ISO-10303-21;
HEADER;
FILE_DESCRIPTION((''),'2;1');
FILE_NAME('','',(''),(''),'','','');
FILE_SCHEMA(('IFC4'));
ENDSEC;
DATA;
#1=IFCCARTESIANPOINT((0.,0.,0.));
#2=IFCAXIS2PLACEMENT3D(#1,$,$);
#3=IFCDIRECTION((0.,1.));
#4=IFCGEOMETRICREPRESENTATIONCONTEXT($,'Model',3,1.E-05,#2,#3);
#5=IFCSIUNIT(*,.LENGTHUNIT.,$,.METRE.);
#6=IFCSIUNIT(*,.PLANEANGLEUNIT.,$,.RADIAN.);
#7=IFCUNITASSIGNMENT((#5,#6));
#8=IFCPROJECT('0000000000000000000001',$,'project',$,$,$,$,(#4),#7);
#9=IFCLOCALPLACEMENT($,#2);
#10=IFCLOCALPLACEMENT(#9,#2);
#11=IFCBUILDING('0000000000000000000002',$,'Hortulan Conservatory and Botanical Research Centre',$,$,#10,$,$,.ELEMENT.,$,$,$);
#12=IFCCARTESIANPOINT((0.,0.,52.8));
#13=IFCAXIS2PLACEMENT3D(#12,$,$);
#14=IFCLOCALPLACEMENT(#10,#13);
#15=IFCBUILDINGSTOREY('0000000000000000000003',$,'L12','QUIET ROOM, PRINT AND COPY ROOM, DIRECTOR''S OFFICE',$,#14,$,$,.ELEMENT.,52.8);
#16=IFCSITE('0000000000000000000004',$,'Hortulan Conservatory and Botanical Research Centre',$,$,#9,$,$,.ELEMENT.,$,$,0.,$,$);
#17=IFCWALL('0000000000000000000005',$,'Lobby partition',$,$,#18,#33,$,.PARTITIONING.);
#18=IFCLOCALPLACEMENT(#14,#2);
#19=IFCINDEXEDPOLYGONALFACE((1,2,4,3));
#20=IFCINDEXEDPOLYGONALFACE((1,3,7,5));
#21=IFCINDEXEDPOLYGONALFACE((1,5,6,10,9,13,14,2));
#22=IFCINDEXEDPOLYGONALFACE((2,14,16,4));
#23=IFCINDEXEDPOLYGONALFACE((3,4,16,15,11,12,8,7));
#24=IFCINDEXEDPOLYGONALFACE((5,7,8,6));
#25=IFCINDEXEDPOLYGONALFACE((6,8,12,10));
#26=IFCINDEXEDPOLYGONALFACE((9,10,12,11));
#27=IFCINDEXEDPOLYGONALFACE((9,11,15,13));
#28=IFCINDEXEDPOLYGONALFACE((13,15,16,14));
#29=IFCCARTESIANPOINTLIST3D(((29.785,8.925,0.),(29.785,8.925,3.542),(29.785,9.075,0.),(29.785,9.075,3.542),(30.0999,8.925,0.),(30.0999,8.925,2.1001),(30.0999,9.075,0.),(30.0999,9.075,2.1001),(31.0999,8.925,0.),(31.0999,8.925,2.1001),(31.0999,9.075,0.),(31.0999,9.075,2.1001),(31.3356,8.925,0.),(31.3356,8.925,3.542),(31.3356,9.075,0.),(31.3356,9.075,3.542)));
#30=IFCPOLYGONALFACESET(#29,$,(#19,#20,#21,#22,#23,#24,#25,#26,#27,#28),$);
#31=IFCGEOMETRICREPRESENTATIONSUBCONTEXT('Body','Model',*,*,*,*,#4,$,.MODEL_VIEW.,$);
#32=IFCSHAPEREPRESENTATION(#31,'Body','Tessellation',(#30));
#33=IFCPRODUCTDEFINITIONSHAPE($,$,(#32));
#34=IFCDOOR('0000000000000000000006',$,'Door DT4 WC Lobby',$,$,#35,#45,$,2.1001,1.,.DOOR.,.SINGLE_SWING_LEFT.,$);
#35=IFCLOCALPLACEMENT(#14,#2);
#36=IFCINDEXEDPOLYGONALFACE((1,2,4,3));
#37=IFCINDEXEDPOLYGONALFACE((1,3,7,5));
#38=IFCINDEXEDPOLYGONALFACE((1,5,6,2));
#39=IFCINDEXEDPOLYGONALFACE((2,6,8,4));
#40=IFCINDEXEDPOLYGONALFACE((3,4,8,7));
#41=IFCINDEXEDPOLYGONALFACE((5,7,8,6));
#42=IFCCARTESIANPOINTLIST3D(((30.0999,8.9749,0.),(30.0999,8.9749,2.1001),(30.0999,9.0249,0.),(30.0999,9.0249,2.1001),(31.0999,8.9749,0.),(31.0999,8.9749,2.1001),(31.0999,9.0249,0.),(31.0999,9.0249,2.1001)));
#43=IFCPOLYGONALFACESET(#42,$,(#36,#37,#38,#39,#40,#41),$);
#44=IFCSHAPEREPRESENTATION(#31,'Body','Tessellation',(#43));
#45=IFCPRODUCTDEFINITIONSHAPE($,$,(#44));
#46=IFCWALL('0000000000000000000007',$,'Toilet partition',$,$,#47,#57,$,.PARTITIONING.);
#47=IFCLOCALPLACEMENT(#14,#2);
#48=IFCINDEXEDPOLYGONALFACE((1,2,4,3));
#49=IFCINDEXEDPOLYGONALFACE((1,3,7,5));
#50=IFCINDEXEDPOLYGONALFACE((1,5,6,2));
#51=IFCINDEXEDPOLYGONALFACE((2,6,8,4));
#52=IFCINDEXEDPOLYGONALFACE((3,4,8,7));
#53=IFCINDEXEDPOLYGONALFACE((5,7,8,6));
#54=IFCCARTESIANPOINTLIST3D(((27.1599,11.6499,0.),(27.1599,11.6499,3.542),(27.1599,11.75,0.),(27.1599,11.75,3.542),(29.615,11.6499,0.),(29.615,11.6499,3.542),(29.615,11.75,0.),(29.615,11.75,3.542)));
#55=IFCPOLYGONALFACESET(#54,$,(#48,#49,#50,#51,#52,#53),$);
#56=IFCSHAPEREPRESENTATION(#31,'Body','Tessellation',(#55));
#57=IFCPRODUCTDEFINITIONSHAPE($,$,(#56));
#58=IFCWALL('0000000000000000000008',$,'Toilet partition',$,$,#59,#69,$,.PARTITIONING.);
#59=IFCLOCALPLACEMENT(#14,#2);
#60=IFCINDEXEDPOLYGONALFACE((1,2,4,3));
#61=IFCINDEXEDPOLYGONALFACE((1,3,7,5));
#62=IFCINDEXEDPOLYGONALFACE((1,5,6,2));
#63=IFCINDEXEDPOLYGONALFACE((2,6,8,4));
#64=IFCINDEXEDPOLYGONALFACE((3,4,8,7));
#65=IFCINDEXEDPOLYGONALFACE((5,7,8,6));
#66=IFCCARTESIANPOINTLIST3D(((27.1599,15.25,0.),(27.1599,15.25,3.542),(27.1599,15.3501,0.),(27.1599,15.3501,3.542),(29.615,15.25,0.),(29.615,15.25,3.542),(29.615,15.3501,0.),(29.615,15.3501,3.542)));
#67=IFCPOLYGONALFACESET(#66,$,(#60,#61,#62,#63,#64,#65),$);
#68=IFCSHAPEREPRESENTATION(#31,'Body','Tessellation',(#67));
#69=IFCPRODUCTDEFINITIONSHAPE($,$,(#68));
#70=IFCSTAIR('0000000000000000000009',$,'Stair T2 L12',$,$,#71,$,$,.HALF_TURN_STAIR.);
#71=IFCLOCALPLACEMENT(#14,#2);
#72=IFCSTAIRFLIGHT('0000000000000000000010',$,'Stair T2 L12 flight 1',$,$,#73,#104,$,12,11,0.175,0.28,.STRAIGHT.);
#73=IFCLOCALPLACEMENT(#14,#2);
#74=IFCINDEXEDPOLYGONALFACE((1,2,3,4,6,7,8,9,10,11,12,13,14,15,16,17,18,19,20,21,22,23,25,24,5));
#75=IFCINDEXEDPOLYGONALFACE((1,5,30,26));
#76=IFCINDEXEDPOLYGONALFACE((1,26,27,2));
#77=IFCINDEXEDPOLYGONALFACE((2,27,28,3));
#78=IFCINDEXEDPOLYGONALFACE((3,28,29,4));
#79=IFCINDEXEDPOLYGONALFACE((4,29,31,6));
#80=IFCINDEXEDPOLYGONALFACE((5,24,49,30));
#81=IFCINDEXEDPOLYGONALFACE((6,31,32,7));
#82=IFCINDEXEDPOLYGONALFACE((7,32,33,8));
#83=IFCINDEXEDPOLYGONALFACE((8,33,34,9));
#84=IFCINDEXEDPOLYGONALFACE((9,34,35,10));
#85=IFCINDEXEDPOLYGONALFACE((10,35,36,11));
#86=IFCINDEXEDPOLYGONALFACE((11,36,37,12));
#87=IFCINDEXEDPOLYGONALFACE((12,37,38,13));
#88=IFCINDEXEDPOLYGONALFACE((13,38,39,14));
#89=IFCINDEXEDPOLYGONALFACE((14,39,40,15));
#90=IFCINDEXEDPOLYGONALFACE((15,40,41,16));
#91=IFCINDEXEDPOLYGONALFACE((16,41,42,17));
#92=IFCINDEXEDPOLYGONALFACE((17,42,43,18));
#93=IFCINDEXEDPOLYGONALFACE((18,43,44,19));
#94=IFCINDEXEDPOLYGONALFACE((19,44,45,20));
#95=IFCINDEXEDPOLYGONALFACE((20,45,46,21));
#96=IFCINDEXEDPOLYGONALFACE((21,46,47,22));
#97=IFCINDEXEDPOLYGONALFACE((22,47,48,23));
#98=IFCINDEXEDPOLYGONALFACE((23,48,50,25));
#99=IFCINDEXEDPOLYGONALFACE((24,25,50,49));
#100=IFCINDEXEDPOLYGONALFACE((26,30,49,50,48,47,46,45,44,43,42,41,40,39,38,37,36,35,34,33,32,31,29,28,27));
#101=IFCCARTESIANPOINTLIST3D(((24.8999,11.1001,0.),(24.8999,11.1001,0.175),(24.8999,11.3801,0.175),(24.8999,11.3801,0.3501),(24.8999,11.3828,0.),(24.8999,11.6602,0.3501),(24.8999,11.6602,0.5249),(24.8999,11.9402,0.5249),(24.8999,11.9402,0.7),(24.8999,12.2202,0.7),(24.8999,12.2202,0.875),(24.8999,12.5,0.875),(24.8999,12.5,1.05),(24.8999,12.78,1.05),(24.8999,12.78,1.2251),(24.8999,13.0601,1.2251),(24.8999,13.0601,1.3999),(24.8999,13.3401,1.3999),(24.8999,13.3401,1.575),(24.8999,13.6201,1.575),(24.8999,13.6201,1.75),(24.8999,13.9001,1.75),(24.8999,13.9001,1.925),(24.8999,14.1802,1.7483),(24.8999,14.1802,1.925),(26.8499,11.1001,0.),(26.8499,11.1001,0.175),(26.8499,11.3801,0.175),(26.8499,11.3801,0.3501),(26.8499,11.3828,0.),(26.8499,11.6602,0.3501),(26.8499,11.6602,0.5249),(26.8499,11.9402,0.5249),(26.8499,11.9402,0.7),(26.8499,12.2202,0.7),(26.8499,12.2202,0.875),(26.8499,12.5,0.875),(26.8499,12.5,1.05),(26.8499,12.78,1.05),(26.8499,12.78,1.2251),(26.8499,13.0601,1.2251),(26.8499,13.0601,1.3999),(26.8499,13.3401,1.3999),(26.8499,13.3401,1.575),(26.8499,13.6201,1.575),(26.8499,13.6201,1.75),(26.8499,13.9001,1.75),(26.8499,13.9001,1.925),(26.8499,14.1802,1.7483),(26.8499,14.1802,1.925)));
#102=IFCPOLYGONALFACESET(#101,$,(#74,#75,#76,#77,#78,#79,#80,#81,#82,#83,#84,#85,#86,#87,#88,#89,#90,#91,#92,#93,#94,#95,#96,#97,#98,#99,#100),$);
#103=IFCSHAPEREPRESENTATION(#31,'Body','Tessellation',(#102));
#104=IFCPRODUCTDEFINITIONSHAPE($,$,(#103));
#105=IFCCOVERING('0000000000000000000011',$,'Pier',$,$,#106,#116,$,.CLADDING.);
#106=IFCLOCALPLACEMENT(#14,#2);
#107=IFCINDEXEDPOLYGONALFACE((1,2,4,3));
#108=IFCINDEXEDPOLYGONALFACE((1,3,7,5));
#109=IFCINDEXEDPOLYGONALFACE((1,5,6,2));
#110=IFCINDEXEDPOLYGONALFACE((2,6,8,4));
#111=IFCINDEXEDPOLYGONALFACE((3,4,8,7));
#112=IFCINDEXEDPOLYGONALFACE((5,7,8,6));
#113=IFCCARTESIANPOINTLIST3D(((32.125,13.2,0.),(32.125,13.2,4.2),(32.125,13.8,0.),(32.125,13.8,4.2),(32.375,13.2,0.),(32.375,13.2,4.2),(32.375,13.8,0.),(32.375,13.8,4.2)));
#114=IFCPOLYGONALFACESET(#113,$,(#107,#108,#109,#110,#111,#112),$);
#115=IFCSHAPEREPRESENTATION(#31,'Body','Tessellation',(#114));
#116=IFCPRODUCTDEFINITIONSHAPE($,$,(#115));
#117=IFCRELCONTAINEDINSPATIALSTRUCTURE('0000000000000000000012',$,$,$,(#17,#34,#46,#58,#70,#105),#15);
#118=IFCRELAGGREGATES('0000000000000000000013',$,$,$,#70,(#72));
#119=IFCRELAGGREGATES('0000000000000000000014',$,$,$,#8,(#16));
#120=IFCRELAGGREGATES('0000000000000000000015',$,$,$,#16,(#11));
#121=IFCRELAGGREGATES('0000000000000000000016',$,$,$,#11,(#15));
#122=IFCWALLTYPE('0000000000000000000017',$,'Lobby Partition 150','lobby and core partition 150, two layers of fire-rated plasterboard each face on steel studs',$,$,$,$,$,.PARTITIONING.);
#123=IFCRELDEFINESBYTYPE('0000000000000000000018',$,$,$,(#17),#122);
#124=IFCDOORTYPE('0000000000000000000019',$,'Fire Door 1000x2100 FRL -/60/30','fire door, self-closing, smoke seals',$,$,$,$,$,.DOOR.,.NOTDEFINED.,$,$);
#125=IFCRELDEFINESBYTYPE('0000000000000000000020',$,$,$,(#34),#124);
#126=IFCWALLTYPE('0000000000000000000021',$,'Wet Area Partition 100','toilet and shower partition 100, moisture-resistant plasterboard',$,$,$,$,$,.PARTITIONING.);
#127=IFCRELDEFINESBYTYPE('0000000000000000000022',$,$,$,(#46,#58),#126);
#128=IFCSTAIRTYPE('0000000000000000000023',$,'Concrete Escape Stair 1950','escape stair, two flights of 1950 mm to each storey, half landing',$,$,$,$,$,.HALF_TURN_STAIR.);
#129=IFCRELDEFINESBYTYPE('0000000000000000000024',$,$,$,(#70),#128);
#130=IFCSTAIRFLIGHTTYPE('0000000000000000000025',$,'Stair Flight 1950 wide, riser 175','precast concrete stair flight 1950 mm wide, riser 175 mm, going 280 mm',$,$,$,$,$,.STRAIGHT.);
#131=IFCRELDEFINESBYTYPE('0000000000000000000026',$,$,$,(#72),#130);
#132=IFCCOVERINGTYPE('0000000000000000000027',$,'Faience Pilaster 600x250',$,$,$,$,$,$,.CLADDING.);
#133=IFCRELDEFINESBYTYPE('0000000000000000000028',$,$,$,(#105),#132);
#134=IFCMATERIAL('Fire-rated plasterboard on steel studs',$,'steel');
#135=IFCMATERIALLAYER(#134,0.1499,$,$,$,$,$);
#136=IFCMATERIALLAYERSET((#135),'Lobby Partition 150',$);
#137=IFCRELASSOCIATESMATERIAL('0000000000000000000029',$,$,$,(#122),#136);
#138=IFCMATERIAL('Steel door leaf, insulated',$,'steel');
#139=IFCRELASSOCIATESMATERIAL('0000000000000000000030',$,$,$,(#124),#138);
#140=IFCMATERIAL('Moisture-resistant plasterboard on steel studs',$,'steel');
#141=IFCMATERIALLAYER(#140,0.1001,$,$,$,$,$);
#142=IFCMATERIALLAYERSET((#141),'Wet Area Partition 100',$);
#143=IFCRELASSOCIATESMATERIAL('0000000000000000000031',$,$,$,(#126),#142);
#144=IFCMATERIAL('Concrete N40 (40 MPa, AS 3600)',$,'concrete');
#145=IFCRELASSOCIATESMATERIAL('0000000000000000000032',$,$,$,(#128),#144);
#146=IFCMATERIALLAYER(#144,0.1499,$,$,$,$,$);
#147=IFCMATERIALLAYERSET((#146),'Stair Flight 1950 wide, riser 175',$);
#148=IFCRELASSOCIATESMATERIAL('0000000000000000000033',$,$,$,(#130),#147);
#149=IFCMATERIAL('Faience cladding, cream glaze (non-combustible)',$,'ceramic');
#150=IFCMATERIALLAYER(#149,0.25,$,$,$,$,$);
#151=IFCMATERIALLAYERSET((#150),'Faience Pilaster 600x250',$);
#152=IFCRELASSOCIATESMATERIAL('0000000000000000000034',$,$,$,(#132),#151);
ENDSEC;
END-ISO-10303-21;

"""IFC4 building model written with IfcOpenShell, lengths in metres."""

from ifc_helpers import new_model, si_unit, direction, frame, frame_2d, origin, origin_2d, place, context, subcontext, project, spatial, polyline, rectangle, outline, extrude, material, layer, layer_set, type_object, element, fill, aggregate, save


model = new_model("IFC4")

# Units and contexts
model_context = context("Model", 3, precision=1e-05, world=origin(), true_north=direction((0.0, 1.0)))
body_context = subcontext(model_context, "Body", "Model", "MODEL_VIEW")
ifc_project = project(units=[si_unit("LENGTHUNIT", "METRE"), si_unit("PLANEANGLEUNIT", "RADIAN")], contexts=[model_context])

# Site, building, storey
site_placement = place(None, origin())
site = spatial("IfcSite", under=ifc_project, at=site_placement, Name="Hortulan Conservatory and Botanical Research Centre", CompositionType="ELEMENT", RefElevation=0.0)
building_placement = place(site_placement, origin())
building = spatial("IfcBuilding", under=site, at=building_placement, Name="Hortulan Conservatory and Botanical Research Centre", CompositionType="ELEMENT")
storey_placement = place(building_placement, frame((0.0, 0.0, 52.8)))
storey = spatial("IfcBuildingStorey", under=building, at=storey_placement, Name="L12", Description="QUIET ROOM, PRINT AND COPY ROOM, DIRECTOR'S OFFICE", CompositionType="ELEMENT", Elevation=52.8)

# Shared definitions
ifc_material_1 = material(Name="Concrete N40 (40 MPa, AS 3600)", Category="concrete")

# Wall, opening, door
ifc_material_2 = material(Name="Fire-rated plasterboard on steel studs", Category="steel")
ifc_layer_1 = layer(ifc_material_2, 0.1499)
ifc_layer_set_1 = layer_set([ifc_layer_1], Name="Lobby Partition 150")
wall_type_1 = type_object("IfcWallType", Name="Lobby Partition 150", Description="lobby and core partition 150, two layers of fire-rated plasterboard each face on steel studs", PredefinedType="PARTITIONING", material=ifc_layer_set_1)
ifc_material_3 = material(Name="Steel door leaf, insulated", Category="steel")
door_type_1 = type_object("IfcDoorType", Name="Fire Door 1000x2100 FRL -/60/30", Description="fire door, self-closing, smoke seals", OperationType="NOTDEFINED", PredefinedType="DOOR", material=ifc_material_3)
wall_1_placement = place(storey_placement, frame((29.7849, 9.0, 0.0), z_axis=(0.0, 0.0, 1.0), x_axis=(1.0, 0.0, 0.0)))
wall_1 = element("IfcWall", 1, at=wall_1_placement, inside=storey, type_object=wall_type_1, Name="Lobby partition", PredefinedType="PARTITIONING", context=body_context, shape_type="SweptSolid", body=[
    extrude(rectangle(XDim=1.5505, YDim=0.1499, at=frame_2d((0.7754, 0.0))), origin(), (0.0, 0.0, 1.0), 3.542),
])
opening_1_placement = place(wall_1_placement, frame((0.3149, 0.0, 0.0)))
opening_1 = element("IfcOpeningElement", 2, at=opening_1_placement, cuts=wall_1, PredefinedType="OPENING", context=body_context, shape_type="SweptSolid", body=[
    extrude(rectangle(XDim=1.0, YDim=2.1001, at=frame_2d((0.5, 1.05))), frame((0.0, 0.085, 0.0), z_axis=(0.0, -1.0, 0.0), x_axis=(1.0, 0.0, 0.0)), (0.0, 0.0, 1.0), 0.1699),
])
door_1_placement = place(opening_1_placement, origin())
door_1 = element("IfcDoor", 3, at=door_1_placement, inside=storey, type_object=door_type_1, Name="Door DT4 WC Lobby", OperationType="SINGLE_SWING_LEFT", OverallHeight=2.1001, OverallWidth=1.0, PredefinedType="DOOR", context=body_context, shape_type="SweptSolid", body=[
    extrude(rectangle(XDim=1.0, YDim=2.1001, at=frame_2d((0.5, 1.05))), frame((0.0, 0.0249, 0.0), z_axis=(0.0, -1.0, 0.0), x_axis=(1.0, 0.0, 0.0)), (0.0, 0.0, 1.0), 0.05),
])
fill(opening_1, door_1)

# Walls
ifc_material_4 = material(Name="Moisture-resistant plasterboard on steel studs", Category="steel")
ifc_layer_2 = layer(ifc_material_4, 0.1001)
ifc_layer_set_2 = layer_set([ifc_layer_2], Name="Wet Area Partition 100")
wall_type_2 = type_object("IfcWallType", Name="Wet Area Partition 100", Description="toilet and shower partition 100, moisture-resistant plasterboard", PredefinedType="PARTITIONING", material=ifc_layer_set_2)
for number, where, z_axis, x_axis, name in (
    (4, (27.1599, 11.7, 0.0), (0.0, 0.0, 1.0), (1.0, 0.0, 0.0), "Toilet partition"),
    (5, (27.1599, 15.3, 0.0), (0.0, 0.0, 1.0), (1.0, 0.0, 0.0), "Toilet partition"),
):
    element("IfcWall", number, at=place(storey_placement, frame(where, z_axis=z_axis, x_axis=x_axis)), inside=storey, type_object=wall_type_2, Name=name, PredefinedType="PARTITIONING", context=body_context, shape_type="SweptSolid", body=[
        extrude(rectangle(XDim=2.4551, YDim=0.1001, at=frame_2d((1.2275, 0.0))), origin(), (0.0, 0.0, 1.0), 3.542),
    ])

# Stair, stair flight
stair_type = type_object("IfcStairType", Name="Concrete Escape Stair 1950", Description="escape stair, two flights of 1950 mm to each storey, half landing", PredefinedType="HALF_TURN_STAIR", material=ifc_material_1)
stair_placement = place(storey_placement, origin())
stair = element("IfcStair", 6, at=stair_placement, inside=storey, type_object=stair_type, Name="Stair T2 L12", PredefinedType="HALF_TURN_STAIR")
ifc_layer_3 = layer(ifc_material_1, 0.1499)
ifc_layer_set_3 = layer_set([ifc_layer_3], Name="Stair Flight 1950 wide, riser 175")
stair_flight_type = type_object("IfcStairFlightType", Name="Stair Flight 1950 wide, riser 175", Description="precast concrete stair flight 1950 mm wide, riser 175 mm, going 280 mm", PredefinedType="STRAIGHT", material=ifc_layer_set_3)
stair_flight_placement = place(storey_placement, frame((25.875, 11.1001, 0.0), z_axis=(0.0, 0.0, 1.0), x_axis=(0.0, 1.0, 0.0)))
stair_flight = element("IfcStairFlight", 7, at=stair_flight_placement, type_object=stair_flight_type, Name="Stair T2 L12 flight 1", NumberOfRisers=12, NumberOfTreads=11, PredefinedType="STRAIGHT", RiserHeight=0.175, TreadLength=0.28, context=body_context, shape_type="SweptSolid", body=[
    extrude(outline(polyline([(0.0, 0.0), (0.0, 0.175), (0.28, 0.175), (0.28, 0.3501), (0.5601, 0.3501), (0.5601, 0.5249), (0.8401, 0.5249), (0.8401, 0.7), (1.1201, 0.7), (1.1201, 0.875), (1.3999, 0.875), (1.3999, 1.05), (1.6799, 1.05), (1.6799, 1.2251), (1.96, 1.2251), (1.96, 1.3999), (2.24, 1.3999), (2.24, 1.575), (2.52, 1.575), (2.52, 1.75), (2.8, 1.75), (2.8, 1.925), (3.0801, 1.925), (3.0801, 2.1001), (3.0801, 1.7483), (0.2827, 0.0), (0.0, 0.0)])), frame((0.0, 0.9751, 0.0), z_axis=(0.0, -1.0, 0.0), x_axis=(1.0, 0.0, 0.0)), (0.0, 0.0, 1.0), 1.95),
])
aggregate(stair, [stair_flight])

# Covering
ifc_material_5 = material(Name="Faience cladding, cream glaze (non-combustible)", Category="ceramic")
ifc_layer_4 = layer(ifc_material_5, 0.25)
ifc_layer_set_4 = layer_set([ifc_layer_4], Name="Faience Pilaster 600x250")
covering_type = type_object("IfcCoveringType", Name="Faience Pilaster 600x250", PredefinedType="CLADDING", material=ifc_layer_set_4)
covering_placement = place(storey_placement, frame((32.25, 13.5, 0.0), z_axis=(0.0, 0.0, 1.0), x_axis=(0.0, 1.0, 0.0)))
element("IfcCovering", 8, at=covering_placement, inside=storey, type_object=covering_type, Name="Pier", PredefinedType="CLADDING", context=body_context, shape_type="SweptSolid", body=[
    extrude(rectangle(XDim=0.6001, YDim=0.25, at=origin_2d()), origin(), (0.0, 0.0, 1.0), 4.2),
])

save(model, "model.ifc")
